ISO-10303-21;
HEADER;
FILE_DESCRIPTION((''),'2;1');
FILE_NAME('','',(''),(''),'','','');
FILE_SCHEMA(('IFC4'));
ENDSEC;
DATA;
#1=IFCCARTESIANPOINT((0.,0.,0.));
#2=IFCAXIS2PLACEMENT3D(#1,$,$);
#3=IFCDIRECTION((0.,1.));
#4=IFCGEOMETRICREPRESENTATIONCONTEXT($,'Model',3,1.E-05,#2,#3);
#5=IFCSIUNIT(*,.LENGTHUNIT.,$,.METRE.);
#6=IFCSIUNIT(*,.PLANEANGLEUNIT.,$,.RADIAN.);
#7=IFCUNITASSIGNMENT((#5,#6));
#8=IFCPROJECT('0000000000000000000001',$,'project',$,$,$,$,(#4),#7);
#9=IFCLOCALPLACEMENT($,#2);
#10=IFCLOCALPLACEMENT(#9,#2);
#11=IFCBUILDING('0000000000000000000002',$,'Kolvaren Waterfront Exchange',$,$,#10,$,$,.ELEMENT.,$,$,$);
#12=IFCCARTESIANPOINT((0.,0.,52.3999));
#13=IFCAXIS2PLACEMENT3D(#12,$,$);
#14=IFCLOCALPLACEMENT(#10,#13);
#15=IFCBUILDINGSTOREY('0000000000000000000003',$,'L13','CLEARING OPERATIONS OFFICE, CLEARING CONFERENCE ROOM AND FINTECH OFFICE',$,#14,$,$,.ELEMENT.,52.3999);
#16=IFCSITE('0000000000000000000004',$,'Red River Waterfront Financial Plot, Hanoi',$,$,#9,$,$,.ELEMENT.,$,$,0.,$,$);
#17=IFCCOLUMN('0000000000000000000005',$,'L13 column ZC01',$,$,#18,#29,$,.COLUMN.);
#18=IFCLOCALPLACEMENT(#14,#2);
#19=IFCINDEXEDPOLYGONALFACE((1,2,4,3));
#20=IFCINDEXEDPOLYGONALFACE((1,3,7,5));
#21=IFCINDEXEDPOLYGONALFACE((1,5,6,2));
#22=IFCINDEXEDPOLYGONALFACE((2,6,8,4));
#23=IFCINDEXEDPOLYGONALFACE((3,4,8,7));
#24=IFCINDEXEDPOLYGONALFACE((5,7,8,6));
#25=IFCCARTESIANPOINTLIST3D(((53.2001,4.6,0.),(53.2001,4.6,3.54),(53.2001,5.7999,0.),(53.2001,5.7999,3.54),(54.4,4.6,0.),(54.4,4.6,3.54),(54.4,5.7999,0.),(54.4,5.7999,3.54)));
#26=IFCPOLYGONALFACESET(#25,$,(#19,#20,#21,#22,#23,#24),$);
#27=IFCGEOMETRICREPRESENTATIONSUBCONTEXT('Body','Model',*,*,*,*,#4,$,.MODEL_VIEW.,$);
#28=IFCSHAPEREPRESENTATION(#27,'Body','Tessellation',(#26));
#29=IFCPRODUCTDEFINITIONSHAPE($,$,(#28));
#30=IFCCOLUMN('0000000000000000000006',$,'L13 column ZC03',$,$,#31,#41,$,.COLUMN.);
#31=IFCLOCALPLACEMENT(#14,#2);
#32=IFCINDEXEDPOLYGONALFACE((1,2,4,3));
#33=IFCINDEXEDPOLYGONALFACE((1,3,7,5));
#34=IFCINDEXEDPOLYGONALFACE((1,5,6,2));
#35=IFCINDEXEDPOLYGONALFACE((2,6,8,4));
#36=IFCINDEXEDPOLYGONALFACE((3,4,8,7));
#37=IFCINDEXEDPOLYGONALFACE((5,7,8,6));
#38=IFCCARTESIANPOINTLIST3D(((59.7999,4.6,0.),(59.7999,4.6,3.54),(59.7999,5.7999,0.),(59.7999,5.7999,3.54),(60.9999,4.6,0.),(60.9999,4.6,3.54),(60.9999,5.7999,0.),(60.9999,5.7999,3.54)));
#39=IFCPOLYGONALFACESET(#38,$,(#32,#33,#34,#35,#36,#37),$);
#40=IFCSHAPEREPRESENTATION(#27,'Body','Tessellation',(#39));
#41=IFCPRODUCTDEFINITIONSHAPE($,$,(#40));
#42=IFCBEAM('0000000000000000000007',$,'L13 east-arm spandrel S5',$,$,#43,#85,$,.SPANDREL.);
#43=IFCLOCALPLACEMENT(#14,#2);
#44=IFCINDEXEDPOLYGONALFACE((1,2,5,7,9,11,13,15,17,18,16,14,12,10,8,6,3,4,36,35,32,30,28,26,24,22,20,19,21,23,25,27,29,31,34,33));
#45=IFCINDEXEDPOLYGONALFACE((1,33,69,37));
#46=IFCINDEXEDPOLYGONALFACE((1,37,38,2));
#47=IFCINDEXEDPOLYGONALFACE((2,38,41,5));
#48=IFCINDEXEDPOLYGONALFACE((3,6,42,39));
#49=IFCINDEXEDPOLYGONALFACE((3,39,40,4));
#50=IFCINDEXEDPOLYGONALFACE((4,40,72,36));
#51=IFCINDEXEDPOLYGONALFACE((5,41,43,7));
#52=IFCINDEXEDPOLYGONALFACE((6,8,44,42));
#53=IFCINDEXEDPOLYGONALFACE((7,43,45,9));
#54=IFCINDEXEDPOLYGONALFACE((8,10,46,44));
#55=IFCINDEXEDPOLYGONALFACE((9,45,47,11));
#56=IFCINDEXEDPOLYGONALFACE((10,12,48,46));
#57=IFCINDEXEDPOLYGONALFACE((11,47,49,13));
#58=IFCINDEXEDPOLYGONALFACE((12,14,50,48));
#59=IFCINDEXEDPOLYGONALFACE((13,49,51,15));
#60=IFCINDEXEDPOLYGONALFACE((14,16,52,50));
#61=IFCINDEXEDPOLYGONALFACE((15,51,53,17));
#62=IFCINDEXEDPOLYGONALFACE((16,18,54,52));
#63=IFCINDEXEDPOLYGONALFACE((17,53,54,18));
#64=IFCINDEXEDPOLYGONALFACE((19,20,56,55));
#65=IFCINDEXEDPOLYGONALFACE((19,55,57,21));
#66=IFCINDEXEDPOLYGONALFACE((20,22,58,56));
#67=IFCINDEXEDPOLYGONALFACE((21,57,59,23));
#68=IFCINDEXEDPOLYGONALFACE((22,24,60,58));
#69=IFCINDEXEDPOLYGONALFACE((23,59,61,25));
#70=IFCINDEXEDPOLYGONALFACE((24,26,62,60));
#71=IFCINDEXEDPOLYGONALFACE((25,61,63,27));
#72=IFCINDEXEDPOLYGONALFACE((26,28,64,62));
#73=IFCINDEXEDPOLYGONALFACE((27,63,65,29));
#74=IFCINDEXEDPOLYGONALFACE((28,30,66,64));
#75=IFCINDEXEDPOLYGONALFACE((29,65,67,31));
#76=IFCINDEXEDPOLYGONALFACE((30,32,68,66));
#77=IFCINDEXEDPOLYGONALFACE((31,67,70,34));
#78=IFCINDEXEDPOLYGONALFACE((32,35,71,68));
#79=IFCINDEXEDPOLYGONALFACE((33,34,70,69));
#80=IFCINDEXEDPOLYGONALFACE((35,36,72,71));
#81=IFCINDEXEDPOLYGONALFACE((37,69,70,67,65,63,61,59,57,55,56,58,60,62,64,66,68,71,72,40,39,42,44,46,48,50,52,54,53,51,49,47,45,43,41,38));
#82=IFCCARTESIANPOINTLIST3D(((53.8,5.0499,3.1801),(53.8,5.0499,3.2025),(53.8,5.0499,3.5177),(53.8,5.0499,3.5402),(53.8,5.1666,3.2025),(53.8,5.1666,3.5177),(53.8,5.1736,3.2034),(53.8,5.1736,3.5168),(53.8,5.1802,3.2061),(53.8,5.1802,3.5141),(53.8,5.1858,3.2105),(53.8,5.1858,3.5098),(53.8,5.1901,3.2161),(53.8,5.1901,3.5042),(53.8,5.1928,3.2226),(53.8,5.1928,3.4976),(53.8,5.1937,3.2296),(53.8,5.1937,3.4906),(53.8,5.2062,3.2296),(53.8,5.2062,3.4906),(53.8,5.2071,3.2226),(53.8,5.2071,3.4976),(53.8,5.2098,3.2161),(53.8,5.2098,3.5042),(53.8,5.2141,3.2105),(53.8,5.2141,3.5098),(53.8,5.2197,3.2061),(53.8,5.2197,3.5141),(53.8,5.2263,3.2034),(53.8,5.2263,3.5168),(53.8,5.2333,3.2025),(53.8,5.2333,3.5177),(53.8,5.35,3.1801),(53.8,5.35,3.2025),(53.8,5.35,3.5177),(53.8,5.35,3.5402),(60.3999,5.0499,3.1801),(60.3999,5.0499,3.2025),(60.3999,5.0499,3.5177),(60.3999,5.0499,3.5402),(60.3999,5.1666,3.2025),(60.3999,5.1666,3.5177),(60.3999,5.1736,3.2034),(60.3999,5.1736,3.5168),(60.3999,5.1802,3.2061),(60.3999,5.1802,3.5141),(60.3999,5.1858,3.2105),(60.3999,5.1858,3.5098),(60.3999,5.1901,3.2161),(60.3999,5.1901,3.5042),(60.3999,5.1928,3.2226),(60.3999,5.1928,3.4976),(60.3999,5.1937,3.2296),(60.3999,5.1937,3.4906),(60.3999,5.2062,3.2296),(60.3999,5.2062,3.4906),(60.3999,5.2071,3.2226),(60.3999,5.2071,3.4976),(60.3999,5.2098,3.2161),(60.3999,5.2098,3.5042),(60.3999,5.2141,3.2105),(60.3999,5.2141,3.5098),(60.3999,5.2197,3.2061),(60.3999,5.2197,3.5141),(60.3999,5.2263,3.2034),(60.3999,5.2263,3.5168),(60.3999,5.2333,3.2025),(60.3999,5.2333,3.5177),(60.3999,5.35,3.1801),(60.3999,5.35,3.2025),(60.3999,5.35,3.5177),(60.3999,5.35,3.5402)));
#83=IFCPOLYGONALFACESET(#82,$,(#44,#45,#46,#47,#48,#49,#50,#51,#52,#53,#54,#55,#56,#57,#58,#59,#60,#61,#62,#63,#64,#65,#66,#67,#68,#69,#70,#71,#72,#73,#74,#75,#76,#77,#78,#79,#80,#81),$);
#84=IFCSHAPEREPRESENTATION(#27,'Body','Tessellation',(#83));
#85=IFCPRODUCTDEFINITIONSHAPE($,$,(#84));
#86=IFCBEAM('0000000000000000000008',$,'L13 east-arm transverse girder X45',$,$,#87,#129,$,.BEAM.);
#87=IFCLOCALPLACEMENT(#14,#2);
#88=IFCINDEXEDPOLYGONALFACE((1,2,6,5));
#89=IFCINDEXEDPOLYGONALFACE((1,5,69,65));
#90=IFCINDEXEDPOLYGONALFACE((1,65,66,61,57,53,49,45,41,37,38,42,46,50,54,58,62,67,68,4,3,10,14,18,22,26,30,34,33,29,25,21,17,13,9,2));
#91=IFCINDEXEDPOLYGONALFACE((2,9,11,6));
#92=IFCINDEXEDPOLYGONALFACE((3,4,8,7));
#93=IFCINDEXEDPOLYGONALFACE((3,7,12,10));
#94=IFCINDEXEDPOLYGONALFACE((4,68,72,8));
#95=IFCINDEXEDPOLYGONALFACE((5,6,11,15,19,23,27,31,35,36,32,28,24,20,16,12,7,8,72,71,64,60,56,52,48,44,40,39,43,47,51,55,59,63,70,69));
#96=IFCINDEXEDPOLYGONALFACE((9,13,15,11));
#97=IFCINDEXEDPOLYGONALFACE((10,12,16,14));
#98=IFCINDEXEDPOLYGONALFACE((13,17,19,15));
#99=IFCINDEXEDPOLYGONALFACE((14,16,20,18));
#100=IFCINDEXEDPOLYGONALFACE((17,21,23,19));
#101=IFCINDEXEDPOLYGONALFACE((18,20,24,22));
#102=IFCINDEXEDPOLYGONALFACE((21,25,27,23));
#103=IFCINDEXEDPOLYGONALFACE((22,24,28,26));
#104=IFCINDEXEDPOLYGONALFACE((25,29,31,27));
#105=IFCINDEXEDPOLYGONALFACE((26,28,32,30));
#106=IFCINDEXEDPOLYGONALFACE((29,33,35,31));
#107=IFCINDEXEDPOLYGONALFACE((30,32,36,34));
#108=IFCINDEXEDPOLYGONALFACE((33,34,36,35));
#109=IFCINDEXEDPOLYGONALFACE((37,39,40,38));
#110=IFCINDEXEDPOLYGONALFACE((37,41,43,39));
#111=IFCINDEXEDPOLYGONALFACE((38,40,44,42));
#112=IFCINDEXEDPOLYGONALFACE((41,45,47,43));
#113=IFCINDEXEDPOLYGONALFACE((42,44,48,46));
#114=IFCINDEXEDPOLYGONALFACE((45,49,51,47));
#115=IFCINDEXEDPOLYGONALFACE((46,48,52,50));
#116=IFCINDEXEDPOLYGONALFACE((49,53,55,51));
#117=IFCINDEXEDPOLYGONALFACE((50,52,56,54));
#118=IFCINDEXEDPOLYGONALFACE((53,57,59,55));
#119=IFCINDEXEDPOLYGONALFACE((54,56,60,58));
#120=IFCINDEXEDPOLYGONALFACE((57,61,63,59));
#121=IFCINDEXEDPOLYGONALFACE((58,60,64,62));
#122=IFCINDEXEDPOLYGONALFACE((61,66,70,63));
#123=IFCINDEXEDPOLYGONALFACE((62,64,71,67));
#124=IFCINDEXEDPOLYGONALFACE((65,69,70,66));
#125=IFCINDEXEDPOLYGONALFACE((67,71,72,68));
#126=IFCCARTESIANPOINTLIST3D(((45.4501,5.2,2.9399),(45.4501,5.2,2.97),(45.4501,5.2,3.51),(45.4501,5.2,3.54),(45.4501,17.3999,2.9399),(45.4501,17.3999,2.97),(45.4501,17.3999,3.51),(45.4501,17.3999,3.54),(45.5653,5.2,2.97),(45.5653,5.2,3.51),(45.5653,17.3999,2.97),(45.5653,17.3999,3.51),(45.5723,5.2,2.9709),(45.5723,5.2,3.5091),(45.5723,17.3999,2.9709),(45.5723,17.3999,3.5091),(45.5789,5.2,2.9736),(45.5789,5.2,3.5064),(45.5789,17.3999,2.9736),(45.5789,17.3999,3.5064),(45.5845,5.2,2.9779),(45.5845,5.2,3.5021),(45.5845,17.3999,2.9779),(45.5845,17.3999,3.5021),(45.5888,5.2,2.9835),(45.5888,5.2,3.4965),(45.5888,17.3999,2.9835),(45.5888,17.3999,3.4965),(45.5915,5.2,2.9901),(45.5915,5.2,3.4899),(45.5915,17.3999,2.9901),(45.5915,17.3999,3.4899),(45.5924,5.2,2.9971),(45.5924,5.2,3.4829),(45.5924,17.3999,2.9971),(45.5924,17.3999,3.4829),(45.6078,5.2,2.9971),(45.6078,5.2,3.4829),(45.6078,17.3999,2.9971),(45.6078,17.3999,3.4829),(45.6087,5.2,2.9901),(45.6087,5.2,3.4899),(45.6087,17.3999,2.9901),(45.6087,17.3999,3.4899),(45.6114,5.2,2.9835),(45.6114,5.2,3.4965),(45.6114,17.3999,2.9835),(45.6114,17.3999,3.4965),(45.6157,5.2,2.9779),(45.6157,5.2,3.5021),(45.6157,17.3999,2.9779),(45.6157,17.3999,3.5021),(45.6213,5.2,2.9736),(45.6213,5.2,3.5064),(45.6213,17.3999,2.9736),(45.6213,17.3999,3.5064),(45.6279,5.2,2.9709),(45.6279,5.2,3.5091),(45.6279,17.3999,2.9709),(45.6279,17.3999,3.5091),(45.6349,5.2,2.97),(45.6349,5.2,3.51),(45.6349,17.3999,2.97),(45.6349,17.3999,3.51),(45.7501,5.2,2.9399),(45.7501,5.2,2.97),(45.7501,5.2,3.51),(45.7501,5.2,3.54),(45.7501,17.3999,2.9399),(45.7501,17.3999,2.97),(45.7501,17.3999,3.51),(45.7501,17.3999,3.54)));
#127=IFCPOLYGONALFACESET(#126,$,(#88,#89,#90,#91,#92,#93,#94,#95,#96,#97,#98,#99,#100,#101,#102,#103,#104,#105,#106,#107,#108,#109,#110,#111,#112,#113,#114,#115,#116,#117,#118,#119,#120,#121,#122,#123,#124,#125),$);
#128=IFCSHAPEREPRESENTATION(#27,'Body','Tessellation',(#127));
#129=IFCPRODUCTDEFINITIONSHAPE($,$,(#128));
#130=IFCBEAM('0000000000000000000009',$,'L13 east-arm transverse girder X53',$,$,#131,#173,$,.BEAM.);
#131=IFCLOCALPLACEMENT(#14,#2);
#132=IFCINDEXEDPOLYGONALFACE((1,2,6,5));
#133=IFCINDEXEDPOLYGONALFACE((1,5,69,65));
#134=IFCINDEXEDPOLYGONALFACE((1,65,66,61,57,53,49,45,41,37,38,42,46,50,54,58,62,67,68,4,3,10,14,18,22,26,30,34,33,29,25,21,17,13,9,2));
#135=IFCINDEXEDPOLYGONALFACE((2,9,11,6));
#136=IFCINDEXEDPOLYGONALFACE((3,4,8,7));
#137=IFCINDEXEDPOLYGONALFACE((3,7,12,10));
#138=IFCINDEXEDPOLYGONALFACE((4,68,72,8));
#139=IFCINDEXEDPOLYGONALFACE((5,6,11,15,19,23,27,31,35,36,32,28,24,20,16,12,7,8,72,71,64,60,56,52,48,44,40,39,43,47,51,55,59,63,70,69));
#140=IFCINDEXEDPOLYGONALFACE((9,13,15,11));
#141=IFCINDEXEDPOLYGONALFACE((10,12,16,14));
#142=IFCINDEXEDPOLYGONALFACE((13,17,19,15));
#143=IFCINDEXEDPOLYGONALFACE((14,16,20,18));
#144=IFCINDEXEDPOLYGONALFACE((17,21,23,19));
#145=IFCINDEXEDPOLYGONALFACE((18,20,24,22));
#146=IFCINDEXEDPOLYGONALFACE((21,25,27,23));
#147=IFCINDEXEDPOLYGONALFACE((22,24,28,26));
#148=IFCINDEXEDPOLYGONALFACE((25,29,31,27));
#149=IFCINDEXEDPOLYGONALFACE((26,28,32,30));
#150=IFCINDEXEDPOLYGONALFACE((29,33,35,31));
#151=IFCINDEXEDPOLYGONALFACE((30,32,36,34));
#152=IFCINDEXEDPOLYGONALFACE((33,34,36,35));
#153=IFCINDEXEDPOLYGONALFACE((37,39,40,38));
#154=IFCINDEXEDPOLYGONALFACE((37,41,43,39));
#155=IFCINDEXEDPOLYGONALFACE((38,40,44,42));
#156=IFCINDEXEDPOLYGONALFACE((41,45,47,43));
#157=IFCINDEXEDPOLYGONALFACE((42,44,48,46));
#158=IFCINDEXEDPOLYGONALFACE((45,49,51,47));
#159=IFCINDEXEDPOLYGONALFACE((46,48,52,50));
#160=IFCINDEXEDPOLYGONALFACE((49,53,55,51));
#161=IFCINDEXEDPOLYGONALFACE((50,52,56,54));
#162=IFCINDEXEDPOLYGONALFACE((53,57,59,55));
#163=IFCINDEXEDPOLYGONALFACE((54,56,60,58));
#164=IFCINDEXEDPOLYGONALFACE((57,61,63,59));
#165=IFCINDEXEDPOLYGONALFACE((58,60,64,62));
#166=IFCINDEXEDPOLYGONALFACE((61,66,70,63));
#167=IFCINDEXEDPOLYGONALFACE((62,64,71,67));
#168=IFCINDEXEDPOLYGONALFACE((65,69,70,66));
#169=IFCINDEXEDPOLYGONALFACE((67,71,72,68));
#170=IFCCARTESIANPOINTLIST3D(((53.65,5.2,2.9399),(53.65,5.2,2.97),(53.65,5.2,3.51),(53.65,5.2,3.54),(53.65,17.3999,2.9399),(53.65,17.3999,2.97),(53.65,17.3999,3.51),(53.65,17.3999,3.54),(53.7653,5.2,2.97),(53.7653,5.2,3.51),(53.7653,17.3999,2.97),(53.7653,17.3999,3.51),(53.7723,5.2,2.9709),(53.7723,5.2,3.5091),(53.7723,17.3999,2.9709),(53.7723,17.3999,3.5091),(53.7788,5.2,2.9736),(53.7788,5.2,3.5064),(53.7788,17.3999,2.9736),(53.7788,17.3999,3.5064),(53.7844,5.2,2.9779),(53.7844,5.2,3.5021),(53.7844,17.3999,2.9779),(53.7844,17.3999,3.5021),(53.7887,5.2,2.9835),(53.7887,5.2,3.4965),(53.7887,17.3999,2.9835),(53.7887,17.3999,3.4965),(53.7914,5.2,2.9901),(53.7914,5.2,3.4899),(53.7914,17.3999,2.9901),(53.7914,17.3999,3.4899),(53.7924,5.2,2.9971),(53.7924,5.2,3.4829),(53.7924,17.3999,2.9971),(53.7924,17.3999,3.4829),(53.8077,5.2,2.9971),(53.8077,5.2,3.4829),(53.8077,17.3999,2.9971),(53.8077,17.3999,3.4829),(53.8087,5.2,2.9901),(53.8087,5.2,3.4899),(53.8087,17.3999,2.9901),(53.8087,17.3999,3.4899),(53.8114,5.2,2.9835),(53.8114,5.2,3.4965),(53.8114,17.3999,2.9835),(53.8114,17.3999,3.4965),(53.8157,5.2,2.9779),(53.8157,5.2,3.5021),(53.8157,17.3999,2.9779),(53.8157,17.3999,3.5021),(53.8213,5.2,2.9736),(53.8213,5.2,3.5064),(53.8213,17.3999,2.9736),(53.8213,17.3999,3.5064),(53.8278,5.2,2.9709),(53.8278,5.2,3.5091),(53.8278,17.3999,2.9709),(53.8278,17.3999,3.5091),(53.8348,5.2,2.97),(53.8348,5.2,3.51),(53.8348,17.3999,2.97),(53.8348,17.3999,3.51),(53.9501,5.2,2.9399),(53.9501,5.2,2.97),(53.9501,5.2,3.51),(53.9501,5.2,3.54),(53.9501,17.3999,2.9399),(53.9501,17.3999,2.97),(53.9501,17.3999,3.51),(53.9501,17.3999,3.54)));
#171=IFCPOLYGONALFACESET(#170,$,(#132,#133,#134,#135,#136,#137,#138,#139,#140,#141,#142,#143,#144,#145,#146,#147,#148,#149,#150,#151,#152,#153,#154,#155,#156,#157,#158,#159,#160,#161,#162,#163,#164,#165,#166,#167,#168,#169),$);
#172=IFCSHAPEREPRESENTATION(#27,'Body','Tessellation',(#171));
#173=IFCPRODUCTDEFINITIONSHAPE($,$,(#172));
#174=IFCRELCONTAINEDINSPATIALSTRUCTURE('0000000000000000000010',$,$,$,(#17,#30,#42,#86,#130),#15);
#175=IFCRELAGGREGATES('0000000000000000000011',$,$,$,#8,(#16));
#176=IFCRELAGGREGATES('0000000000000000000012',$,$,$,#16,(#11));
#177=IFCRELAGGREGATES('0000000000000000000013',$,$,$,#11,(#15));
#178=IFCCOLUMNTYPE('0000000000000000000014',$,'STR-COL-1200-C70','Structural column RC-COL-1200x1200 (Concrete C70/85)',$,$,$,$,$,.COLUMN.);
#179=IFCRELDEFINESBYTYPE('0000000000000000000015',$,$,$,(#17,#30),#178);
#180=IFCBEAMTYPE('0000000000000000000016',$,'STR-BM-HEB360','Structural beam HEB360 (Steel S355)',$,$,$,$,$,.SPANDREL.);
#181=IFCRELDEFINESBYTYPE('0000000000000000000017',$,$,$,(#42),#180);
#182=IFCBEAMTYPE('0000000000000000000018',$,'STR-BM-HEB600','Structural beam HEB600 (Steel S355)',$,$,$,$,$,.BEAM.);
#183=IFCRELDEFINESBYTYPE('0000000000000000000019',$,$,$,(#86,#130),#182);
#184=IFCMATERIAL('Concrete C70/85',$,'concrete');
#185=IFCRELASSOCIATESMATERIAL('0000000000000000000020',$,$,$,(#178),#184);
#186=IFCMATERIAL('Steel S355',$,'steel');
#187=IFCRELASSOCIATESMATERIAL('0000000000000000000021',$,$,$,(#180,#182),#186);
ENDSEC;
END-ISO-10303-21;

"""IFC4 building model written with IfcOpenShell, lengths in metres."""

from ifc_helpers import new_model, si_unit, direction, frame, origin, origin_2d, place, context, subcontext, project, spatial, rectangle, i_section, extrude, material, material_profile, profile_set, type_object, element, save


model = new_model("IFC4")

# Units and contexts
model_context = context("Model", 3, precision=1e-05, world=origin(), true_north=direction((0.0, 1.0)))
body_context = subcontext(model_context, "Body", "Model", "MODEL_VIEW")
ifc_project = project(units=[si_unit("LENGTHUNIT", "METRE"), si_unit("PLANEANGLEUNIT", "RADIAN")], contexts=[model_context])

# Site, building, storey
site_placement = place(None, origin())
site = spatial("IfcSite", under=ifc_project, at=site_placement, Name="Red River Waterfront Financial Plot, Hanoi", CompositionType="ELEMENT", RefElevation=0.0)
building_placement = place(site_placement, origin())
building = spatial("IfcBuilding", under=site, at=building_placement, Name="Kolvaren Waterfront Exchange", CompositionType="ELEMENT")
storey_placement = place(building_placement, frame((0.0, 0.0, 52.3999)))
storey = spatial("IfcBuildingStorey", under=building, at=storey_placement, Name="L13", Description="CLEARING OPERATIONS OFFICE, CLEARING CONFERENCE ROOM AND FINTECH OFFICE", CompositionType="ELEMENT", Elevation=52.3999)

# Columns
ifc_material_1 = material(Name="Concrete C70/85", Category="concrete")
ifc_material_profile_1 = material_profile(ifc_material_1, rectangle(XDim=1.2, YDim=1.2, at=origin_2d()), Name="RC-COL-1200x1200")
ifc_profile_set_1 = profile_set([ifc_material_profile_1], Name="Concrete C70/85")
column_type = type_object("IfcColumnType", Name="STR-COL-1200-C70", Description="Structural column RC-COL-1200x1200 (Concrete C70/85)", PredefinedType="COLUMN", material=ifc_profile_set_1)
for number, where, z_axis, x_axis, name in (
    (1, (53.8, 5.2, 0.0), (0.0, 0.0, 1.0), (1.0, 0.0, 0.0), "L13 column ZC01"),
    (2, (60.3999, 5.2, 0.0), (0.0, 0.0, 1.0), (1.0, 0.0, 0.0), "L13 column ZC03"),
):
    element("IfcColumn", number, at=place(storey_placement, frame(where, z_axis=z_axis, x_axis=x_axis)), inside=storey, type_object=column_type, Name=name, PredefinedType="COLUMN", context=body_context, shape_type="SweptSolid", body=[
        extrude(rectangle(XDim=1.2, YDim=1.2, at=origin_2d()), origin(), (0.0, 0.0, 1.0), 3.54),
    ])

# Beams
ifc_material_2 = material(Name="Steel S355", Category="steel")
ifc_material_profile_2 = material_profile(ifc_material_2, i_section(OverallWidth=0.3, OverallDepth=0.3601, WebThickness=0.0125, FlangeThickness=0.0225, FilletRadius=0.0271, at=origin_2d()), Name="HEB360")
ifc_profile_set_2 = profile_set([ifc_material_profile_2], Name="Steel S355")
beam_type_1 = type_object("IfcBeamType", Name="STR-BM-HEB360", Description="Structural beam HEB360 (Steel S355)", PredefinedType="SPANDREL", material=ifc_profile_set_2)
beam_1_placement = place(storey_placement, frame((53.8, 5.2, 3.3601), z_axis=(1.0, 0.0, 0.0), x_axis=(0.0, 1.0, 0.0)))
element("IfcBeam", 3, at=beam_1_placement, inside=storey, type_object=beam_type_1, Name="L13 east-arm spandrel S5", PredefinedType="SPANDREL", context=body_context, shape_type="SweptSolid", body=[
    extrude(i_section(OverallWidth=0.3, OverallDepth=0.3601, WebThickness=0.0125, FlangeThickness=0.0225, FilletRadius=0.0271, at=origin_2d()), origin(), (0.0, 0.0, 1.0), 6.5999),
])
ifc_material_profile_3 = material_profile(ifc_material_2, i_section(OverallWidth=0.3, OverallDepth=0.6001, WebThickness=0.0154, FlangeThickness=0.03, FilletRadius=0.0271, at=origin_2d()), Name="HEB600")
ifc_profile_set_3 = profile_set([ifc_material_profile_3], Name="Steel S355")
beam_type_2 = type_object("IfcBeamType", Name="STR-BM-HEB600", Description="Structural beam HEB600 (Steel S355)", PredefinedType="BEAM", material=ifc_profile_set_3)
for number, where, z_axis, x_axis, name in (
    (4, (45.6001, 5.2, 3.24), (0.0, 1.0, 0.0), (-1.0, 0.0, 0.0), "L13 east-arm transverse girder X45"),
    (5, (53.8, 5.2, 3.24), (0.0, 1.0, 0.0), (-1.0, 0.0, 0.0), "L13 east-arm transverse girder X53"),
):
    element("IfcBeam", number, at=place(storey_placement, frame(where, z_axis=z_axis, x_axis=x_axis)), inside=storey, type_object=beam_type_2, Name=name, PredefinedType="BEAM", context=body_context, shape_type="SweptSolid", body=[
        extrude(i_section(OverallWidth=0.3, OverallDepth=0.6001, WebThickness=0.0154, FlangeThickness=0.03, FilletRadius=0.0271, at=origin_2d()), origin(), (0.0, 0.0, 1.0), 12.2),
    ])

save(model, "model.ifc")
